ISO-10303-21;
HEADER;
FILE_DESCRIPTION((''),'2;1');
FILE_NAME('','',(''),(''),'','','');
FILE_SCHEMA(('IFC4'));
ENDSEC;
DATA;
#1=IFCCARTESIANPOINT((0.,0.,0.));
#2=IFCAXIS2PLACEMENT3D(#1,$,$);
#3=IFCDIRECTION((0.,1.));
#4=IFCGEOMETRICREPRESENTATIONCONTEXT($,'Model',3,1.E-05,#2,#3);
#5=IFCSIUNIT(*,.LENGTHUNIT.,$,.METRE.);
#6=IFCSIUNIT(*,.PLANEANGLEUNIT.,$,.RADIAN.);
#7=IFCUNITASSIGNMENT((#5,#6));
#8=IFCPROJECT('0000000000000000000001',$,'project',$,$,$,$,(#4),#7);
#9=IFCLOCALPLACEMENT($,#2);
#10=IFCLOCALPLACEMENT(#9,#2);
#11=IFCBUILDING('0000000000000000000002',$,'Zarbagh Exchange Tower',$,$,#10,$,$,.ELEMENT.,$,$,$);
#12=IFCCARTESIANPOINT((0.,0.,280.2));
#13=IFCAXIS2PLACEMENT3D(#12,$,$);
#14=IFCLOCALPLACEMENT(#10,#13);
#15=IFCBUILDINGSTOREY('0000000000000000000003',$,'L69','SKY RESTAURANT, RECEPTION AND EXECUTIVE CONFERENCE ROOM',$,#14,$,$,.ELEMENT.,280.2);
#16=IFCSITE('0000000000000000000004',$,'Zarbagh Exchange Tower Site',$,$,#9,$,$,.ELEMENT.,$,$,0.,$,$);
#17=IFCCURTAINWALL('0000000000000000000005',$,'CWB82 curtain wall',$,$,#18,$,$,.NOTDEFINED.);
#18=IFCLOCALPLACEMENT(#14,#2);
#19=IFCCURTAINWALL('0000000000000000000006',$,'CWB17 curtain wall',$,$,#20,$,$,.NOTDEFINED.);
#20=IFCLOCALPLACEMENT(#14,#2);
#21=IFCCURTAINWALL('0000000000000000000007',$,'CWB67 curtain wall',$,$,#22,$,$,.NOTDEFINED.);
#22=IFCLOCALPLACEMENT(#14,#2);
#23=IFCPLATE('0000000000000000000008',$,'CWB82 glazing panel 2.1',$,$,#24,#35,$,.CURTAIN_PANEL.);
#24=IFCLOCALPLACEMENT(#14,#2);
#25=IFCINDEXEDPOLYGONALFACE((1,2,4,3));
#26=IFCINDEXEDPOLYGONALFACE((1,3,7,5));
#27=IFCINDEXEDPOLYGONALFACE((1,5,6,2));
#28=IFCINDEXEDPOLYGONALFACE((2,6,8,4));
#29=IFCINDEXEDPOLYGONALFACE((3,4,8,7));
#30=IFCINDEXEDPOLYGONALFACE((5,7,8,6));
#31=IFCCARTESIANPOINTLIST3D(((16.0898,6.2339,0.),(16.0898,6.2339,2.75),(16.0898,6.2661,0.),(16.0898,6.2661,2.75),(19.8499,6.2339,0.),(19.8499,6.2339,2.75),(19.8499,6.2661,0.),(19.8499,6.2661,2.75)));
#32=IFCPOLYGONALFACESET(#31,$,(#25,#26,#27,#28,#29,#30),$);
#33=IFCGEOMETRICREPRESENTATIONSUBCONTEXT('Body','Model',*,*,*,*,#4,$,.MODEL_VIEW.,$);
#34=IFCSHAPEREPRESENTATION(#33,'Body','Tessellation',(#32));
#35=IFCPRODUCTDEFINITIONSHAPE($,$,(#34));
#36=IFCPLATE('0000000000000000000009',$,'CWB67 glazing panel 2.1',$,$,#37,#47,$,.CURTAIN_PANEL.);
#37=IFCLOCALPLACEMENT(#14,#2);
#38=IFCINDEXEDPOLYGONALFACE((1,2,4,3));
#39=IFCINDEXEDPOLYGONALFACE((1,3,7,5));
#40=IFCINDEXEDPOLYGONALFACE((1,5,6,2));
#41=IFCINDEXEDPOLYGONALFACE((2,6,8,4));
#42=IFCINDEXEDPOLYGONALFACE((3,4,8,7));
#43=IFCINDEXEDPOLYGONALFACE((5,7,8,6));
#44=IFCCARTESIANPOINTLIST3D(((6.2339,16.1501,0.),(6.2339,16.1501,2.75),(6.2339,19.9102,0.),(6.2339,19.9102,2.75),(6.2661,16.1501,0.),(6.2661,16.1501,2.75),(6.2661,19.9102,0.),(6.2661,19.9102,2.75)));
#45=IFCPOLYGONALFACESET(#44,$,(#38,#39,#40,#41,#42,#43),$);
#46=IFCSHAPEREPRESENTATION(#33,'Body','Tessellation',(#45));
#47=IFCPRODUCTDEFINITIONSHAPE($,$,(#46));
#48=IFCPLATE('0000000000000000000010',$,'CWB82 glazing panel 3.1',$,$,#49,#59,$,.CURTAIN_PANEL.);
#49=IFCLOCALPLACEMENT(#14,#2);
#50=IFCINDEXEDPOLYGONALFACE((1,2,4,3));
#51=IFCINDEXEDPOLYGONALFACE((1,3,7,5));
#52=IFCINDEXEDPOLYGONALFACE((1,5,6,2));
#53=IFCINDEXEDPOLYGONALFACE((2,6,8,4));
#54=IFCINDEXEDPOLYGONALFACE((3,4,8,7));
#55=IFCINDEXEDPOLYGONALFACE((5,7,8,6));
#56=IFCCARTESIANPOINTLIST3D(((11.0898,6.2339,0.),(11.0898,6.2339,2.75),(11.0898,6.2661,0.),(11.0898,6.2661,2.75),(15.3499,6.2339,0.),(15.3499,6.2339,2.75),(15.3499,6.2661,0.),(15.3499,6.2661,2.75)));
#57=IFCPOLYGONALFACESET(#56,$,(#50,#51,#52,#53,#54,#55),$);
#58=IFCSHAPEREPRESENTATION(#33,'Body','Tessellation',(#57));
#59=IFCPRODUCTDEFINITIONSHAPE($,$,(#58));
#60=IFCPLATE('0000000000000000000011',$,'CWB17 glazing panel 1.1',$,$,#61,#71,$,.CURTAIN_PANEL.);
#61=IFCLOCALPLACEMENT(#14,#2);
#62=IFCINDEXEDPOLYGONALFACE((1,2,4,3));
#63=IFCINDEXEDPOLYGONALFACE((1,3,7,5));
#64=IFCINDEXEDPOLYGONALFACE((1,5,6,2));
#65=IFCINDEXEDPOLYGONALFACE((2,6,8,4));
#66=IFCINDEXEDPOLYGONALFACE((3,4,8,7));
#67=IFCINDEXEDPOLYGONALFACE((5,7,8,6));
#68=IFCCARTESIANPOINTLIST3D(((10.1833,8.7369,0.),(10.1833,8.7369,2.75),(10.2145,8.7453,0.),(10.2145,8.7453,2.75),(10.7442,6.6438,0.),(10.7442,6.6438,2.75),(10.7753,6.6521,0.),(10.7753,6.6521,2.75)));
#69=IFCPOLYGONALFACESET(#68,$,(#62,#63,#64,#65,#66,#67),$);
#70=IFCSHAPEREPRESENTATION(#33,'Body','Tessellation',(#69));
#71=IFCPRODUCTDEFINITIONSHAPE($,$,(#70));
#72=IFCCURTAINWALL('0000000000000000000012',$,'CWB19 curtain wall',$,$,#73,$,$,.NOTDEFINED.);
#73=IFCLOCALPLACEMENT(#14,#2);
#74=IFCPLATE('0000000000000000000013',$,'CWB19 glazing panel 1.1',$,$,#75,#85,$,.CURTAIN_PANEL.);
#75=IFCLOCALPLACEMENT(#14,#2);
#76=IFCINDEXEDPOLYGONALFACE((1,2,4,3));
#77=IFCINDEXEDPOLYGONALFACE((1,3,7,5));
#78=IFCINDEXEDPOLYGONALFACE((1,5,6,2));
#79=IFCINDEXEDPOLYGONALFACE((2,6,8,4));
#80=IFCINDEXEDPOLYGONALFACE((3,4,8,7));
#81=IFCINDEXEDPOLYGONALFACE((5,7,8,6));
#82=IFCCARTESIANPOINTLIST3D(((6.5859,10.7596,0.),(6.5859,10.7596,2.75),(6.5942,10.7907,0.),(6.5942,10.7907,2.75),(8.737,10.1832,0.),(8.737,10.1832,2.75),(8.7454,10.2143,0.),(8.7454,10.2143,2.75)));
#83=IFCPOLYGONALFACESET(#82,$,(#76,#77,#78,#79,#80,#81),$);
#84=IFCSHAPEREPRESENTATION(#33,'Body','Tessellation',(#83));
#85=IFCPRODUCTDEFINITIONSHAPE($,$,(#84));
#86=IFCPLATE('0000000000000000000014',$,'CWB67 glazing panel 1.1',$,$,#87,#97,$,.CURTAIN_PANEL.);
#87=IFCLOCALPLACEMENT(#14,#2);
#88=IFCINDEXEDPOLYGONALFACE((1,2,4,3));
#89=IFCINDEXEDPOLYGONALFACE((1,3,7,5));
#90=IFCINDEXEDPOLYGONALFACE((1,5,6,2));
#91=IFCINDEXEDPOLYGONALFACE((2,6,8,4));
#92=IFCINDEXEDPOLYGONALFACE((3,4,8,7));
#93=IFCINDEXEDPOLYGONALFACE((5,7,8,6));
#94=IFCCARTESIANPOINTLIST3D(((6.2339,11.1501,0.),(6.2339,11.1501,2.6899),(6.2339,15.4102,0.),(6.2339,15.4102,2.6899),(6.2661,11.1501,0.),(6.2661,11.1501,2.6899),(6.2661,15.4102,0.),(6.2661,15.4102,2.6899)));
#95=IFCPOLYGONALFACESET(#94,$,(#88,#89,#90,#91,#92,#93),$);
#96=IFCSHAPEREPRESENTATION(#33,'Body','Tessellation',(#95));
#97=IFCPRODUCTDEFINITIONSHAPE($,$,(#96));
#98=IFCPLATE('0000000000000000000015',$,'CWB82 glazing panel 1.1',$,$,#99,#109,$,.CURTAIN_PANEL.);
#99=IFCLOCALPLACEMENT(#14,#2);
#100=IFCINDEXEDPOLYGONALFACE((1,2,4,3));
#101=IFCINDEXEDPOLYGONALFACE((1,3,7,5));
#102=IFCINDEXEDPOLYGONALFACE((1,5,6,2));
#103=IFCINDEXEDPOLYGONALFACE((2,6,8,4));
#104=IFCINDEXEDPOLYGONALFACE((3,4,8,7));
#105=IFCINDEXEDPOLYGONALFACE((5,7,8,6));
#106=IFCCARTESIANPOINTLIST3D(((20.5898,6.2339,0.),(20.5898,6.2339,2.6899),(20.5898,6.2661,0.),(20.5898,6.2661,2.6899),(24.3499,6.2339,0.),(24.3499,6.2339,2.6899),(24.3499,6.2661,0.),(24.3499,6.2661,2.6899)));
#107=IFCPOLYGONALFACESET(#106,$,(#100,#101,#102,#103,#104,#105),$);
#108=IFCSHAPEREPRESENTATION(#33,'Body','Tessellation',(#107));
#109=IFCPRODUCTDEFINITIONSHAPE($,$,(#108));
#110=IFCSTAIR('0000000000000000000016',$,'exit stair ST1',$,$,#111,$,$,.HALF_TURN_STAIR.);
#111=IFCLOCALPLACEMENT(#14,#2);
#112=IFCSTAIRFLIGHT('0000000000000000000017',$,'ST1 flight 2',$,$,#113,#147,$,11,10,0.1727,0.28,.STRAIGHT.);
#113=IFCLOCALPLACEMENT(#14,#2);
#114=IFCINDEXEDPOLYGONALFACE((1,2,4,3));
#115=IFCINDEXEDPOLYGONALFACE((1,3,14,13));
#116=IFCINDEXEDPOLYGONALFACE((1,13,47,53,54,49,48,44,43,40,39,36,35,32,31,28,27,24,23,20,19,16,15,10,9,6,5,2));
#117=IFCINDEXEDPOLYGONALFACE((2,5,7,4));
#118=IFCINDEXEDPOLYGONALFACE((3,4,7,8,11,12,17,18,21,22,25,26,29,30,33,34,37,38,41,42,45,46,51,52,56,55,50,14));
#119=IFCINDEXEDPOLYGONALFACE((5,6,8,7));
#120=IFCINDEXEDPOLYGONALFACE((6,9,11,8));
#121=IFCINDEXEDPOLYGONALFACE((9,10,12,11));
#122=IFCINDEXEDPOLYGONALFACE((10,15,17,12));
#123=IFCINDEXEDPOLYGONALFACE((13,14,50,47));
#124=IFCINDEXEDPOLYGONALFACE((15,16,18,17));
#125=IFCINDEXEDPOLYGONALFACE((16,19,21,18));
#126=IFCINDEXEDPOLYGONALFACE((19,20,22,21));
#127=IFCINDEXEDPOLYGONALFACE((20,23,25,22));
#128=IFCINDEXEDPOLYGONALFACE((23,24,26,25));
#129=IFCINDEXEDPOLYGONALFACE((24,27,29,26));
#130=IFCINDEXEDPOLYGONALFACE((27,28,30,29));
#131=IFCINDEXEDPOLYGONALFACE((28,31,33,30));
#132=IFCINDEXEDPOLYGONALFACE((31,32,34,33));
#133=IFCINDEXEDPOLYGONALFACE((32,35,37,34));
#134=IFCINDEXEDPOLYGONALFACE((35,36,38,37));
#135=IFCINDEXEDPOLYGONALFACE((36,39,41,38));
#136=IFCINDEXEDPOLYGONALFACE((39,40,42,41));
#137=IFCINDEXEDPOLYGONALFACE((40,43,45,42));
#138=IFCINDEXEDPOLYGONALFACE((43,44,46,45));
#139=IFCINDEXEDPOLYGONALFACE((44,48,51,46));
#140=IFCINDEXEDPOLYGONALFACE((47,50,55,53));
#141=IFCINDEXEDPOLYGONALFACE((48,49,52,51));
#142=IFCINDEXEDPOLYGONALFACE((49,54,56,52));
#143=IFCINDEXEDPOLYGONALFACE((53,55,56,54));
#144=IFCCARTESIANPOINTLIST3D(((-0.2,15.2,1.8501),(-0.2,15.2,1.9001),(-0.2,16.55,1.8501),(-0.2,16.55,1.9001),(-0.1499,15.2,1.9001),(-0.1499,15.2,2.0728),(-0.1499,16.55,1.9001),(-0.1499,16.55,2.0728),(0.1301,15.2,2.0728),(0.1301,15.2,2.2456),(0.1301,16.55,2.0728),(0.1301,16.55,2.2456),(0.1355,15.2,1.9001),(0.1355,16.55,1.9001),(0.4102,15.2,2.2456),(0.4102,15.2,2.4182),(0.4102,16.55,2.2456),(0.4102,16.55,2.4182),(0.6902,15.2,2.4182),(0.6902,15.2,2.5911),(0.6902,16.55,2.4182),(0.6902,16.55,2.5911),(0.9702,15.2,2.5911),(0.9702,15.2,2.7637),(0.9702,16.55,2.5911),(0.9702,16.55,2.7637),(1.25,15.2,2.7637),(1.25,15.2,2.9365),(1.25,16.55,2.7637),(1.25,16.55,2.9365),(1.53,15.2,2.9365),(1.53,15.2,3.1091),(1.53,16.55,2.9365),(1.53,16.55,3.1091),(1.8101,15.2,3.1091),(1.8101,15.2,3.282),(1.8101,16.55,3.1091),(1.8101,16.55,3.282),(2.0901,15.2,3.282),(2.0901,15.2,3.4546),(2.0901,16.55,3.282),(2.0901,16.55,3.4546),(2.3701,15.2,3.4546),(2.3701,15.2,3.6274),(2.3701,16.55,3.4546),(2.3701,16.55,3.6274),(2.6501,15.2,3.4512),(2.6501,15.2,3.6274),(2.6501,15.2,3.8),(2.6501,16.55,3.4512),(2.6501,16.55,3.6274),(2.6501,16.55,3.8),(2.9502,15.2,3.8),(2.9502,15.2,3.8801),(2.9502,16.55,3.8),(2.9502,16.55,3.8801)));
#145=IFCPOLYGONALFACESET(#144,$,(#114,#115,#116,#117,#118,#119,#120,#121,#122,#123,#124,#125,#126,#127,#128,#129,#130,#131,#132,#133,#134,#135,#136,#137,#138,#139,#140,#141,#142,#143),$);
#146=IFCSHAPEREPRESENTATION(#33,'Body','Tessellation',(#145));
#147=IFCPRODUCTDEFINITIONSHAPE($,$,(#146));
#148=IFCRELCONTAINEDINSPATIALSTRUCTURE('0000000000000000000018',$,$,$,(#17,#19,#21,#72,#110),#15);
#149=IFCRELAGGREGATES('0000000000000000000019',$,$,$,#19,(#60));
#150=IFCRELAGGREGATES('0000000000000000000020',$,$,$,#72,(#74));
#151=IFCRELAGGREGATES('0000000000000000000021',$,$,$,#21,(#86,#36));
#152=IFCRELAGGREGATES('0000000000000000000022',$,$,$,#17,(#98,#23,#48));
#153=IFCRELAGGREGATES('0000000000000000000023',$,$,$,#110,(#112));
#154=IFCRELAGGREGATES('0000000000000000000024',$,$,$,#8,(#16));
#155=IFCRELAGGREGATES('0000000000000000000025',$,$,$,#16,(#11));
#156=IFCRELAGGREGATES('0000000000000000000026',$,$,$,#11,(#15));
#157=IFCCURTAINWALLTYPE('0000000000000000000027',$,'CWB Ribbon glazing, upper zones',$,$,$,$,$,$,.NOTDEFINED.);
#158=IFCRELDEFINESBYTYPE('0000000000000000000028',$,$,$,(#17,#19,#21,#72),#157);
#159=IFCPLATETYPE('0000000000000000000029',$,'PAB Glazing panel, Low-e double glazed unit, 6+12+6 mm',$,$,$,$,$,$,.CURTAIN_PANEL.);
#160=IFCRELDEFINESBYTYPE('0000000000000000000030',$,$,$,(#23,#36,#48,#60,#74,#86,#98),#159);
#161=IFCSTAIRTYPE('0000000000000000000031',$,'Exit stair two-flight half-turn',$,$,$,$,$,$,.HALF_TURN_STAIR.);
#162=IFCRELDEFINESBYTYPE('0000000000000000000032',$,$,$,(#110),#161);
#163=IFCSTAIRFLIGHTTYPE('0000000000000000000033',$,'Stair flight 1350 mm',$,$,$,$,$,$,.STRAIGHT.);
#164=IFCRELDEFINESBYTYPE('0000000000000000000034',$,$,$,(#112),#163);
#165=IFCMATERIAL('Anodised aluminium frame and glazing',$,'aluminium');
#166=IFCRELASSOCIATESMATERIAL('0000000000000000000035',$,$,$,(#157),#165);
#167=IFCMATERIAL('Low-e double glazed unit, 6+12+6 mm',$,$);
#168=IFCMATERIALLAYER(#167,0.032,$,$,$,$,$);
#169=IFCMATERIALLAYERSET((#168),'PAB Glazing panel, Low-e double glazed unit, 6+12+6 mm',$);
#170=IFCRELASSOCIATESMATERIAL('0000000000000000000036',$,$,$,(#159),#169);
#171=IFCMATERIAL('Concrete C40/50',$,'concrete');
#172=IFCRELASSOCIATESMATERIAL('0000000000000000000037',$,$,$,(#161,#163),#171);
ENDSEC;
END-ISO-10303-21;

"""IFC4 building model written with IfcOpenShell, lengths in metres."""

from ifc_helpers import new_model, si_unit, direction, frame, origin, place, context, subcontext, project, spatial, polyline, outline, extrude, source, transform, mapped, material, layer, layer_set, type_object, element, aggregate, save


model = new_model("IFC4")

# Units and contexts
model_context = context("Model", 3, precision=1e-05, world=origin(), true_north=direction((0.0, 1.0)))
body_context = subcontext(model_context, "Body", "Model", "MODEL_VIEW")
ifc_project = project(units=[si_unit("LENGTHUNIT", "METRE"), si_unit("PLANEANGLEUNIT", "RADIAN")], contexts=[model_context])

# Site, building, storey
site_placement = place(None, origin())
site = spatial("IfcSite", under=ifc_project, at=site_placement, Name="Zarbagh Exchange Tower Site", CompositionType="ELEMENT", RefElevation=0.0)
building_placement = place(site_placement, origin())
building = spatial("IfcBuilding", under=site, at=building_placement, Name="Zarbagh Exchange Tower", CompositionType="ELEMENT")
storey_placement = place(building_placement, frame((0.0, 0.0, 280.2)))
storey = spatial("IfcBuildingStorey", under=building, at=storey_placement, Name="L69", Description="SKY RESTAURANT, RECEPTION AND EXECUTIVE CONFERENCE ROOM", CompositionType="ELEMENT", Elevation=280.2)

# Curtain wall
ifc_material_1 = material(Name="Anodised aluminium frame and glazing", Category="aluminium")
curtain_wall_type = type_object("IfcCurtainWallType", Name="CWB Ribbon glazing, upper zones", PredefinedType="NOTDEFINED", material=ifc_material_1)
curtain_wall_1_placement = place(storey_placement, origin())
curtain_wall_1 = element("IfcCurtainWall", 1, at=curtain_wall_1_placement, inside=storey, type_object=curtain_wall_type, Name="CWB82 curtain wall", PredefinedType="NOTDEFINED")
placement = place(storey_placement, origin())

# Curtain wall
curtain_wall_2_placement = place(storey_placement, origin())
curtain_wall_2 = element("IfcCurtainWall", 2, at=curtain_wall_2_placement, inside=storey, type_object=curtain_wall_type, Name="CWB17 curtain wall", PredefinedType="NOTDEFINED")

# Curtain wall
curtain_wall_3_placement = place(storey_placement, origin())
curtain_wall_3 = element("IfcCurtainWall", 3, at=curtain_wall_3_placement, inside=storey, type_object=curtain_wall_type, Name="CWB67 curtain wall", PredefinedType="NOTDEFINED")

# Shared definitions
ifc_material_2 = material(Name="Low-e double glazed unit, 6+12+6 mm")
ifc_layer = layer(ifc_material_2, 0.032)
ifc_layer_set = layer_set([ifc_layer], Name="PAB Glazing panel, Low-e double glazed unit, 6+12+6 mm")
plate_type = type_object("IfcPlateType", Name="PAB Glazing panel, Low-e double glazed unit, 6+12+6 mm", PredefinedType="CURTAIN_PANEL", material=ifc_layer_set)

# Plates
shared_shape_1 = source(origin(), body_context, "Body", "SweptSolid", [
    extrude(outline(polyline([(0.0, -0.0161), (3.76, -0.0161), (3.76, 0.0161), (0.0, 0.0161), (0.0, -0.0161)])), origin(), (0.0, 0.0, 1.0), 2.75),
])
plate_1 = element("IfcPlate", 4, at=placement, type_object=plate_type, Name="CWB82 glazing panel 2.1", PredefinedType="CURTAIN_PANEL", context=body_context, shape_type="MappedRepresentation", body=[
    mapped(shared_shape_1, transform((19.8499, 6.25, 0.0), x_axis=(-1.0, 0.0, 0.0), y_axis=(0.0, -1.0, 0.0), z_axis=(0.0, 0.0, 1.0))),
])
plate_2 = element("IfcPlate", 5, at=placement, type_object=plate_type, Name="CWB67 glazing panel 2.1", PredefinedType="CURTAIN_PANEL", context=body_context, shape_type="MappedRepresentation", body=[
    mapped(shared_shape_1, transform((6.25, 16.1501, 0.0), x_axis=(0.0, 1.0, 0.0), y_axis=(-1.0, 0.0, 0.0), z_axis=(0.0, 0.0, 1.0))),
])
shared_shape_2 = source(origin(), body_context, "Body", "SweptSolid", [
    extrude(outline(polyline([(0.0, -0.0161), (4.26, -0.0161), (4.26, 0.0161), (0.0, 0.0161), (0.0, -0.0161)])), origin(), (0.0, 0.0, 1.0), 2.75),
])
plate_3 = element("IfcPlate", 6, at=placement, type_object=plate_type, Name="CWB82 glazing panel 3.1", PredefinedType="CURTAIN_PANEL", context=body_context, shape_type="MappedRepresentation", body=[
    mapped(shared_shape_2, transform((15.3499, 6.25, 0.0), x_axis=(-1.0, 0.0, 0.0), y_axis=(0.0, -1.0, 0.0), z_axis=(0.0, 0.0, 1.0))),
])
shared_shape_3 = source(origin(), body_context, "Body", "SweptSolid", [
    extrude(outline(polyline([(0.0, -0.0161), (2.167, -0.0161), (2.167, 0.0161), (0.0, 0.0161), (0.0, -0.0161)])), origin(), (0.0, 0.0, 1.0), 2.75),
])
plate_4 = element("IfcPlate", 7, at=placement, type_object=plate_type, Name="CWB17 glazing panel 1.1", PredefinedType="CURTAIN_PANEL", context=body_context, shape_type="MappedRepresentation", body=[
    mapped(shared_shape_3, transform((10.7598, 6.6479, 0.0), x_axis=(-0.258825, 0.965924, 0.0), y_axis=(-0.965924, -0.258825, 0.0), z_axis=(0.0, 0.0, 1.0))),
])
aggregate(curtain_wall_2, [plate_4])

# Curtain wall, plate
curtain_wall_4_placement = place(storey_placement, origin())
curtain_wall_4 = element("IfcCurtainWall", 8, at=curtain_wall_4_placement, inside=storey, type_object=curtain_wall_type, Name="CWB19 curtain wall", PredefinedType="NOTDEFINED")
shared_shape_4 = source(origin(), body_context, "Body", "SweptSolid", [
    extrude(outline(polyline([(0.0, -0.0161), (2.2271, -0.0161), (2.2271, 0.0161), (0.0, 0.0161), (0.0, -0.0161)])), origin(), (0.0, 0.0, 1.0), 2.75),
])
plate_5 = element("IfcPlate", 9, at=placement, type_object=plate_type, Name="CWB19 glazing panel 1.1", PredefinedType="CURTAIN_PANEL", context=body_context, shape_type="MappedRepresentation", body=[
    mapped(shared_shape_4, transform((8.7412, 10.1987, 0.0), x_axis=(-0.965924, 0.258825, 0.0), y_axis=(-0.258825, -0.965924, 0.0), z_axis=(0.0, 0.0, 1.0))),
])
aggregate(curtain_wall_4, [plate_5])

# Plates
shared_shape_5 = source(origin(), body_context, "Body", "SweptSolid", [
    extrude(outline(polyline([(0.0, -0.0161), (4.26, -0.0161), (4.26, 0.0161), (0.0, 0.0161), (0.0, -0.0161)])), origin(), (0.0, 0.0, 1.0), 2.6899),
])
plate_6 = element("IfcPlate", 10, at=placement, type_object=plate_type, Name="CWB67 glazing panel 1.1", PredefinedType="CURTAIN_PANEL", context=body_context, shape_type="MappedRepresentation", body=[
    mapped(shared_shape_5, transform((6.25, 11.1501, 0.0), x_axis=(0.0, 1.0, 0.0), y_axis=(-1.0, 0.0, 0.0), z_axis=(0.0, 0.0, 1.0))),
])
aggregate(curtain_wall_3, [plate_6, plate_2])
shared_shape_6 = source(origin(), body_context, "Body", "SweptSolid", [
    extrude(outline(polyline([(0.0, -0.0161), (3.76, -0.0161), (3.76, 0.0161), (0.0, 0.0161), (0.0, -0.0161)])), origin(), (0.0, 0.0, 1.0), 2.6899),
])
plate_7 = element("IfcPlate", 11, at=placement, type_object=plate_type, Name="CWB82 glazing panel 1.1", PredefinedType="CURTAIN_PANEL", context=body_context, shape_type="MappedRepresentation", body=[
    mapped(shared_shape_6, transform((24.3499, 6.25, 0.0), x_axis=(-1.0, 0.0, 0.0), y_axis=(0.0, -1.0, 0.0), z_axis=(0.0, 0.0, 1.0))),
])
aggregate(curtain_wall_1, [plate_7, plate_1, plate_3])

# Stair, stair flight
ifc_material_3 = material(Name="Concrete C40/50", Category="concrete")
stair_type = type_object("IfcStairType", Name="Exit stair two-flight half-turn", PredefinedType="HALF_TURN_STAIR", material=ifc_material_3)
stair_placement = place(storey_placement, origin())
stair = element("IfcStair", 12, at=stair_placement, inside=storey, type_object=stair_type, Name="exit stair ST1", PredefinedType="HALF_TURN_STAIR")
stair_flight_type = type_object("IfcStairFlightType", Name="Stair flight 1350 mm", PredefinedType="STRAIGHT", material=ifc_material_3)
stair_flight_placement = place(storey_placement, frame((-0.1499, 15.875, 1.9001), z_axis=(0.0, 0.0, 1.0), x_axis=(1.0, 0.0, 0.0)))
stair_flight = element("IfcStairFlight", 13, at=stair_flight_placement, type_object=stair_flight_type, Name="ST1 flight 2", NumberOfRisers=11, NumberOfTreads=10, PredefinedType="STRAIGHT", RiserHeight=0.1727, TreadLength=0.28, context=body_context, shape_type="SweptSolid", body=[
    extrude(outline(polyline([(-0.05, -0.05), (-0.05, 0.0), (0.0, 0.0), (0.0, 0.1726), (0.28, 0.1726), (0.28, 0.3455), (0.5601, 0.3455), (0.5601, 0.5181), (0.8401, 0.5181), (0.8401, 0.6909), (1.1201, 0.6909), (1.1201, 0.8635), (1.3999, 0.8635), (1.3999, 1.0364), (1.6799, 1.0364), (1.6799, 1.209), (1.96, 1.209), (1.96, 1.3818), (2.24, 1.3818), (2.24, 1.5544), (2.52, 1.5544), (2.52, 1.7273), (2.8, 1.7273), (2.8, 1.8999), (3.1001, 1.98), (3.1001, 1.8999), (2.8, 1.551), (0.2854, 0.0), (-0.05, -0.05)])), frame((0.0, 0.675, 0.0), z_axis=(0.0, -1.0, 0.0), x_axis=(1.0, 0.0, 0.0)), (0.0, 0.0, 1.0), 1.3501),
])
aggregate(stair, [stair_flight])

save(model, "model.ifc")
